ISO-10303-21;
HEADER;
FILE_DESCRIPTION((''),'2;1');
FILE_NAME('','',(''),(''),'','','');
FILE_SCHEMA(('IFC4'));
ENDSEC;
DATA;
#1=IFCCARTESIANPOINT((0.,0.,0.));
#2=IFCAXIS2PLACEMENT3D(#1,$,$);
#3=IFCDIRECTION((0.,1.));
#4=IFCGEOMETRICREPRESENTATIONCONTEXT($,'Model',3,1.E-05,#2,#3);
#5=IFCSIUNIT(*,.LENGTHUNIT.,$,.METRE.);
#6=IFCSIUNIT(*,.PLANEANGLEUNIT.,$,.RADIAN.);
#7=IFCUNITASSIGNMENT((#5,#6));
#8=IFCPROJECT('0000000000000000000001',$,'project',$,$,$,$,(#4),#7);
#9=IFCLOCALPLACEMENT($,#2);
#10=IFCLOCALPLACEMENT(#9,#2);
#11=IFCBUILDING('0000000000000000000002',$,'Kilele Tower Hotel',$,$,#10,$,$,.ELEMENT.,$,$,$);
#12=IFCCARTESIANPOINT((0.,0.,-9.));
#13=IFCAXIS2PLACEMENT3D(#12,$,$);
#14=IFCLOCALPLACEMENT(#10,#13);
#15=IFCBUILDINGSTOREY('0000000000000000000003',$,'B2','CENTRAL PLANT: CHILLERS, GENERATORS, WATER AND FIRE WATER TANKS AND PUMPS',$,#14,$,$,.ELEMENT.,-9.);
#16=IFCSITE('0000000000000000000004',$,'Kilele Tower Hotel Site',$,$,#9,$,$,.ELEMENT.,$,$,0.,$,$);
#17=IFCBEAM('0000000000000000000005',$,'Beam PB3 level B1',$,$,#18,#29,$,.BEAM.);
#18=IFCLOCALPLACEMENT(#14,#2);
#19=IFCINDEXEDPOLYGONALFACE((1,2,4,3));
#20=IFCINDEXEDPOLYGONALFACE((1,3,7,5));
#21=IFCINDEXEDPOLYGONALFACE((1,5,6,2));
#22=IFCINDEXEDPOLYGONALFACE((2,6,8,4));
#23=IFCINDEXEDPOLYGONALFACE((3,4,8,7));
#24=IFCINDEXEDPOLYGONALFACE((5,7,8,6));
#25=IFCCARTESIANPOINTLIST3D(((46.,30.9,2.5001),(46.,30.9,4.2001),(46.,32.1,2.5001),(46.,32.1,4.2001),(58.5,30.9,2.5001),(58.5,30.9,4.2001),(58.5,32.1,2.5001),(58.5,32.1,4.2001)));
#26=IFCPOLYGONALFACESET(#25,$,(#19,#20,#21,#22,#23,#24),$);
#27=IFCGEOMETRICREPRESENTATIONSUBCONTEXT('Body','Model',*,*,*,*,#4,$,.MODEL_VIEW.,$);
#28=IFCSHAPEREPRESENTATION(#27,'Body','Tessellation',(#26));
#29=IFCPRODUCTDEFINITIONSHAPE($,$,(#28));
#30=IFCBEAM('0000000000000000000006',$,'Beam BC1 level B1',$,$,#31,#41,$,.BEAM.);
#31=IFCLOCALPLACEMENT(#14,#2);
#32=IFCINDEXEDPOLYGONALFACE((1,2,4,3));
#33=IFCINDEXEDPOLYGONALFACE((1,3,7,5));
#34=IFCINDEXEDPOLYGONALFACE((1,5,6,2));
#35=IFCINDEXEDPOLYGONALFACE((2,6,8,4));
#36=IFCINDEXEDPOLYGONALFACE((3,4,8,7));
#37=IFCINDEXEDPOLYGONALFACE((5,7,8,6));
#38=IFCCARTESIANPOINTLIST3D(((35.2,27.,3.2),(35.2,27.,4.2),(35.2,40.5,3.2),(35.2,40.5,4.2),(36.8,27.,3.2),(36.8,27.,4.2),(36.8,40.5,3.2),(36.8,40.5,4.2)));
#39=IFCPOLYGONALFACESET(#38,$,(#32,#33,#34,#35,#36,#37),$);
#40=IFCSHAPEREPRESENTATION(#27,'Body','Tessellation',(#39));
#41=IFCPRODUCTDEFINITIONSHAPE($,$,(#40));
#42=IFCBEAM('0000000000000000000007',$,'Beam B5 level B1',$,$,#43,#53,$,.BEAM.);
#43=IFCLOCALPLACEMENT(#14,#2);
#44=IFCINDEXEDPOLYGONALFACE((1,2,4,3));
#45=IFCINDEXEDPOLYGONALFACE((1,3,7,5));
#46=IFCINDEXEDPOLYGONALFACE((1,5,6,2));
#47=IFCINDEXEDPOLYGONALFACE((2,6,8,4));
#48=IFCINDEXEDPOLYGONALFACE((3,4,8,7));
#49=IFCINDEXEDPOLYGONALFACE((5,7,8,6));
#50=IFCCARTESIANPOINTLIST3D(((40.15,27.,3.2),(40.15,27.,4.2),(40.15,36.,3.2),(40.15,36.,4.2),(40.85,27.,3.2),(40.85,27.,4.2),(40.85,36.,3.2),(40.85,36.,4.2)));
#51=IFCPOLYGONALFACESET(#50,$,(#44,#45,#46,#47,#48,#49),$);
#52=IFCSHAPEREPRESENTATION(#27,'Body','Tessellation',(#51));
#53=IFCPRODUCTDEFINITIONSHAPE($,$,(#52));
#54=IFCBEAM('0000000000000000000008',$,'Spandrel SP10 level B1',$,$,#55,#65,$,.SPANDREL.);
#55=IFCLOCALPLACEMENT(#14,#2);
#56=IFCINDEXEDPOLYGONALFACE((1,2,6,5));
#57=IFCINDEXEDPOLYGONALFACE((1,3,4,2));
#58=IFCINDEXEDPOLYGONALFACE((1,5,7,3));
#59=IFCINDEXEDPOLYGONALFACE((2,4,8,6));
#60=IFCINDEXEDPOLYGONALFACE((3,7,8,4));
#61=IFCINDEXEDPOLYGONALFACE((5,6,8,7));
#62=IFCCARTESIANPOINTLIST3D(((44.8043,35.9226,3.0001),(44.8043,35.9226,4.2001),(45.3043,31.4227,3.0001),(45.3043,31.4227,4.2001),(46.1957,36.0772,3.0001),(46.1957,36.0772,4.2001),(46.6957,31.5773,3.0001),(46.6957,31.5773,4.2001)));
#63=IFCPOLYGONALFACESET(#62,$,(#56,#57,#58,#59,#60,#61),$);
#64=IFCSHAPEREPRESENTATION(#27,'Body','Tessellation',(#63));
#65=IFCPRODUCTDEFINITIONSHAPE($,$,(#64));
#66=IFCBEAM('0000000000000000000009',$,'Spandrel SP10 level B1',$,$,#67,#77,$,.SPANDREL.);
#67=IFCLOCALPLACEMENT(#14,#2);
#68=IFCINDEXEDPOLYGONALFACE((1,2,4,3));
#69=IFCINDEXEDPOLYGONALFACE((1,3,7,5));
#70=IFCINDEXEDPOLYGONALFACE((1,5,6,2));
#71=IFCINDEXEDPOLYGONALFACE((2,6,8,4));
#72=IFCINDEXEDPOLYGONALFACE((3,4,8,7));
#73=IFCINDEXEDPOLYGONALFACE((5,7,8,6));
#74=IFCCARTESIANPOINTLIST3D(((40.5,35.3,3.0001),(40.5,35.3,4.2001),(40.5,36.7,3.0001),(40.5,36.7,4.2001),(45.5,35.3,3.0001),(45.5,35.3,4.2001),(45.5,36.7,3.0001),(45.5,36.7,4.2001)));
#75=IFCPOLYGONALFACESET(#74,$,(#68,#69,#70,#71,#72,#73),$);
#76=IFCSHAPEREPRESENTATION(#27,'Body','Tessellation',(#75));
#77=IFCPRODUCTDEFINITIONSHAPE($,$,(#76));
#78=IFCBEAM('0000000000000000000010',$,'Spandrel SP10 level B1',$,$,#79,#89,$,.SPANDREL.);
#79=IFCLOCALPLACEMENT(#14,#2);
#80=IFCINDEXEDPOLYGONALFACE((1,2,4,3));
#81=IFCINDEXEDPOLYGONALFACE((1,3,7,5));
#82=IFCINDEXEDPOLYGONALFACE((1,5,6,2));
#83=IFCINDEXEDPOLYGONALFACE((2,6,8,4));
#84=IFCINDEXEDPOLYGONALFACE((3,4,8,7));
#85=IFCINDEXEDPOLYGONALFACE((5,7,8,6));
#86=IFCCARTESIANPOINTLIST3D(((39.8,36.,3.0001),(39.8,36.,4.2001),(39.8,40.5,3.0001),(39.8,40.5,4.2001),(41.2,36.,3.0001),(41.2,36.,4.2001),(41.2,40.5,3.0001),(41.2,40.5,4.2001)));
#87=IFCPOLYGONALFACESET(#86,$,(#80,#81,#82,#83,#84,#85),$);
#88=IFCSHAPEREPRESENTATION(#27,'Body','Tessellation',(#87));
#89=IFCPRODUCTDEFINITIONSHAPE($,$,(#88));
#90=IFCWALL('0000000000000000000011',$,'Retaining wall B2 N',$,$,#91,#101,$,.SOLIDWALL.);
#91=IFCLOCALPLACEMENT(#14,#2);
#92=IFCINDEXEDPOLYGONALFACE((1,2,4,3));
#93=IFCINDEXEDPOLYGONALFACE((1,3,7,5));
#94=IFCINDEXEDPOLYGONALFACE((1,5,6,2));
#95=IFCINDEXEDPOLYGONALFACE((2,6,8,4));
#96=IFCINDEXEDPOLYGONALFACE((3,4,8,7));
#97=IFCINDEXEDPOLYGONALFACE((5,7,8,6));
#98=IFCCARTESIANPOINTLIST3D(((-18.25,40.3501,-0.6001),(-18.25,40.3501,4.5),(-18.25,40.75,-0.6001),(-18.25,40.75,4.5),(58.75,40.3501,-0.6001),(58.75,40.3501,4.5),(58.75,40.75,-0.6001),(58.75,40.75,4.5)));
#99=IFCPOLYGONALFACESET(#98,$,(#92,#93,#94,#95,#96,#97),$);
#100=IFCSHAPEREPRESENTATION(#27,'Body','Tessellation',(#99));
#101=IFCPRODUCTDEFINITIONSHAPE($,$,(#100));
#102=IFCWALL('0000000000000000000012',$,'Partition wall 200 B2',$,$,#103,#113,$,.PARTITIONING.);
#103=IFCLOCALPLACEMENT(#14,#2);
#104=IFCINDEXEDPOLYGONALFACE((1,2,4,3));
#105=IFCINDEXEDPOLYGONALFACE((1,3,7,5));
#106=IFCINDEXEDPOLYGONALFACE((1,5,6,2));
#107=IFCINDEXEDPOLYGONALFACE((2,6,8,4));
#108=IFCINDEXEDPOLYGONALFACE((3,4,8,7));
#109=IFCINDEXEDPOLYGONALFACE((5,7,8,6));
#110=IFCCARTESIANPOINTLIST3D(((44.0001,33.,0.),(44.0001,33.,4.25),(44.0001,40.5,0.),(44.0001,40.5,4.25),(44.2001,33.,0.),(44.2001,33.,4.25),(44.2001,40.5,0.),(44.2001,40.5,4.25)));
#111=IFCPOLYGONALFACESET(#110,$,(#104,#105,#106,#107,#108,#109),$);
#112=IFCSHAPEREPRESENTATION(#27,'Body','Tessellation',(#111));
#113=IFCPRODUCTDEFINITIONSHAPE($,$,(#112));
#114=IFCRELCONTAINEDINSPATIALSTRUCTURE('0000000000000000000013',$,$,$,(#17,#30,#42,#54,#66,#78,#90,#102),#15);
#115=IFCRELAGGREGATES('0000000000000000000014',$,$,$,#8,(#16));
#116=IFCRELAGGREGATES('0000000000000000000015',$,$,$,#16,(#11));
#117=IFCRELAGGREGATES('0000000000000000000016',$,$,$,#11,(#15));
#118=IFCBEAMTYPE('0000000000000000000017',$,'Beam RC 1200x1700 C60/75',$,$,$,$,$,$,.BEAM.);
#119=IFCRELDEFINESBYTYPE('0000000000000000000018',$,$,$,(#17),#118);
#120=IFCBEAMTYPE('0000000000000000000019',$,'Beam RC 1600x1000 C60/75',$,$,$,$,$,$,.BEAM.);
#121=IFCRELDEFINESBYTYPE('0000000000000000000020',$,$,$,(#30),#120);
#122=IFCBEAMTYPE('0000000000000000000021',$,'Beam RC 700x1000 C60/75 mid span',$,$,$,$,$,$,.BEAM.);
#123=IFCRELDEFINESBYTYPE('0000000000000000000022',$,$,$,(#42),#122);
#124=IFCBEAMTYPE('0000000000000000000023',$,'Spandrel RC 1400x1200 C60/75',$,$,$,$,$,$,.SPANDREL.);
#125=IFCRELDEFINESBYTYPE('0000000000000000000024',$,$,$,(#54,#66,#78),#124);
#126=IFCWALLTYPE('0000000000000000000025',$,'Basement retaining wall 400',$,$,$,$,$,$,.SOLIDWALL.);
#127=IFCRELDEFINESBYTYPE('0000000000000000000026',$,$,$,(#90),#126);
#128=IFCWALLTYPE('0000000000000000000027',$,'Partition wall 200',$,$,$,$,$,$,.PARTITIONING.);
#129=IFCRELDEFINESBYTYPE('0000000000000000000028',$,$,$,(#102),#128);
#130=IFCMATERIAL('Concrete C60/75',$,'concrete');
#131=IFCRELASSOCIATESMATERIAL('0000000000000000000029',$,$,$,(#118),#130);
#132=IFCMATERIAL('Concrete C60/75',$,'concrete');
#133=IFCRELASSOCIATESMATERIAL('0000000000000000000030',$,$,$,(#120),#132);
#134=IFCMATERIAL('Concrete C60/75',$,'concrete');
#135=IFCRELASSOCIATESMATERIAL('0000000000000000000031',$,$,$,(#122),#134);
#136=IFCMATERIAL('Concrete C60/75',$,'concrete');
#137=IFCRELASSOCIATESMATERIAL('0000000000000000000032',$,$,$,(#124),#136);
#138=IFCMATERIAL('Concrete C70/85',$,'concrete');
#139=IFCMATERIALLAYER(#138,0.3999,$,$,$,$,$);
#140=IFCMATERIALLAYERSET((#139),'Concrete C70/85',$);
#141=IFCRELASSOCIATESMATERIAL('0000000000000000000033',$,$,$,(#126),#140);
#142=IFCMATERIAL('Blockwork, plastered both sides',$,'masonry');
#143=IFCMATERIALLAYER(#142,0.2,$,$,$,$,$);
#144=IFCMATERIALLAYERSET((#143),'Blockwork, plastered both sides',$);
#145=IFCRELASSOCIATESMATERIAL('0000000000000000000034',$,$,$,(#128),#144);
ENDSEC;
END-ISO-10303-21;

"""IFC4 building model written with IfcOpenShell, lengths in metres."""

from ifc_helpers import new_model, si_unit, direction, frame, frame_2d, origin, origin_2d, place, context, subcontext, project, spatial, rectangle, extrude, material, layer, layer_set, material_profile, profile_set, type_object, element, save


model = new_model("IFC4")

# Units and contexts
model_context = context("Model", 3, precision=1e-05, world=origin(), true_north=direction((0.0, 1.0)))
body_context = subcontext(model_context, "Body", "Model", "MODEL_VIEW")
ifc_project = project(units=[si_unit("LENGTHUNIT", "METRE"), si_unit("PLANEANGLEUNIT", "RADIAN")], contexts=[model_context])

# Site, building, storey
site_placement = place(None, origin())
site = spatial("IfcSite", under=ifc_project, at=site_placement, Name="Kilele Tower Hotel Site", CompositionType="ELEMENT", RefElevation=0.0)
building_placement = place(site_placement, origin())
building = spatial("IfcBuilding", under=site, at=building_placement, Name="Kilele Tower Hotel", CompositionType="ELEMENT")
storey_placement = place(building_placement, frame((0.0, 0.0, -9.0)))
storey = spatial("IfcBuildingStorey", under=building, at=storey_placement, Name="B2", Description="CENTRAL PLANT: CHILLERS, GENERATORS, WATER AND FIRE WATER TANKS AND PUMPS", CompositionType="ELEMENT", Elevation=-9.0)

# Beams
ifc_material_1 = material(Name="Concrete C60/75", Category="concrete")
ifc_material_profile_1 = material_profile(ifc_material_1, rectangle(XDim=1.2, YDim=1.7, at=origin_2d()))
ifc_profile_set_1 = profile_set([ifc_material_profile_1], Name="Concrete C60/75")
beam_type_1 = type_object("IfcBeamType", Name="Beam RC 1200x1700 C60/75", PredefinedType="BEAM", material=ifc_profile_set_1)
beam_1_placement = place(storey_placement, frame((46.0, 31.5, 3.3501), z_axis=(1.0, 0.0, 0.0), x_axis=(0.0, 1.0, 0.0)))
element("IfcBeam", 1, at=beam_1_placement, inside=storey, type_object=beam_type_1, Name="Beam PB3 level B1", PredefinedType="BEAM", context=body_context, shape_type="SweptSolid", body=[
    extrude(rectangle(XDim=1.2, YDim=1.7, at=origin_2d()), origin(), (0.0, 0.0, 1.0), 12.5),
])
ifc_material_2 = material(Name="Concrete C60/75", Category="concrete")
ifc_material_profile_2 = material_profile(ifc_material_2, rectangle(XDim=1.6001, YDim=1.0, at=origin_2d()))
ifc_profile_set_2 = profile_set([ifc_material_profile_2], Name="Concrete C60/75")
beam_type_2 = type_object("IfcBeamType", Name="Beam RC 1600x1000 C60/75", PredefinedType="BEAM", material=ifc_profile_set_2)
beam_2_placement = place(storey_placement, frame((36.0, 40.5, 3.7), z_axis=(0.0, -1.0, 0.0), x_axis=(1.0, 0.0, 0.0)))
element("IfcBeam", 2, at=beam_2_placement, inside=storey, type_object=beam_type_2, Name="Beam BC1 level B1", PredefinedType="BEAM", context=body_context, shape_type="SweptSolid", body=[
    extrude(rectangle(XDim=1.6001, YDim=1.0, at=origin_2d()), origin(), (0.0, 0.0, 1.0), 13.5),
])
ifc_material_3 = material(Name="Concrete C60/75", Category="concrete")
ifc_material_profile_3 = material_profile(ifc_material_3, rectangle(XDim=0.7, YDim=1.0, at=origin_2d()))
ifc_profile_set_3 = profile_set([ifc_material_profile_3], Name="Concrete C60/75")
beam_type_3 = type_object("IfcBeamType", Name="Beam RC 700x1000 C60/75 mid span", PredefinedType="BEAM", material=ifc_profile_set_3)
beam_3_placement = place(storey_placement, frame((40.5, 36.0, 3.7), z_axis=(0.0, -1.0, 0.0), x_axis=(1.0, 0.0, 0.0)))
element("IfcBeam", 3, at=beam_3_placement, inside=storey, type_object=beam_type_3, Name="Beam B5 level B1", PredefinedType="BEAM", context=body_context, shape_type="SweptSolid", body=[
    extrude(rectangle(XDim=0.7, YDim=1.0, at=origin_2d()), origin(), (0.0, 0.0, 1.0), 9.0),
])
ifc_material_4 = material(Name="Concrete C60/75", Category="concrete")
ifc_material_profile_4 = material_profile(ifc_material_4, rectangle(XDim=1.3999, YDim=1.2, at=origin_2d()))
ifc_profile_set_4 = profile_set([ifc_material_profile_4], Name="Concrete C60/75")
beam_type_4 = type_object("IfcBeamType", Name="Spandrel RC 1400x1200 C60/75", PredefinedType="SPANDREL", material=ifc_profile_set_4)
beam_4_placement = place(storey_placement, frame((46.0, 31.5, 3.6001), z_axis=(-0.110432, 0.993884, 0.0), x_axis=(-0.993884, -0.110432, 0.0)))
element("IfcBeam", 4, at=beam_4_placement, inside=storey, type_object=beam_type_4, Name="Spandrel SP10 level B1", PredefinedType="SPANDREL", context=body_context, shape_type="SweptSolid", body=[
    extrude(rectangle(XDim=1.3999, YDim=1.2, at=origin_2d()), origin(), (0.0, 0.0, 1.0), 4.5276),
])
beam_5_placement = place(storey_placement, frame((45.5, 36.0, 3.6001), z_axis=(-1.0, 0.0, 0.0), x_axis=(0.0, -1.0, 0.0)))
element("IfcBeam", 5, at=beam_5_placement, inside=storey, type_object=beam_type_4, Name="Spandrel SP10 level B1", PredefinedType="SPANDREL", context=body_context, shape_type="SweptSolid", body=[
    extrude(rectangle(XDim=1.3999, YDim=1.2, at=origin_2d()), origin(), (0.0, 0.0, 1.0), 5.0),
])
beam_6_placement = place(storey_placement, frame((40.5, 36.0, 3.6001), z_axis=(0.0, 1.0, 0.0), x_axis=(-1.0, 0.0, 0.0)))
element("IfcBeam", 6, at=beam_6_placement, inside=storey, type_object=beam_type_4, Name="Spandrel SP10 level B1", PredefinedType="SPANDREL", context=body_context, shape_type="SweptSolid", body=[
    extrude(rectangle(XDim=1.3999, YDim=1.2, at=origin_2d()), origin(), (0.0, 0.0, 1.0), 4.5),
])

# Walls
ifc_material_5 = material(Name="Concrete C70/85", Category="concrete")
ifc_layer_1 = layer(ifc_material_5, 0.3999)
ifc_layer_set_1 = layer_set([ifc_layer_1], Name="Concrete C70/85")
wall_type_1 = type_object("IfcWallType", Name="Basement retaining wall 400", PredefinedType="SOLIDWALL", material=ifc_layer_set_1)
wall_1_placement = place(storey_placement, frame((58.75, 40.55, -0.6001), z_axis=(0.0, 0.0, 1.0), x_axis=(-1.0, 0.0, 0.0)))
element("IfcWall", 7, at=wall_1_placement, inside=storey, type_object=wall_type_1, Name="Retaining wall B2 N", PredefinedType="SOLIDWALL", context=body_context, shape_type="SweptSolid", body=[
    extrude(rectangle(XDim=77.0, YDim=0.3999, at=frame_2d((38.5, 0.0))), origin(), (0.0, 0.0, 1.0), 5.1001),
])
ifc_material_6 = material(Name="Blockwork, plastered both sides", Category="masonry")
ifc_layer_2 = layer(ifc_material_6, 0.2)
ifc_layer_set_2 = layer_set([ifc_layer_2], Name="Blockwork, plastered both sides")
wall_type_2 = type_object("IfcWallType", Name="Partition wall 200", PredefinedType="PARTITIONING", material=ifc_layer_set_2)
wall_2_placement = place(storey_placement, frame((44.1001, 33.0, 0.0), z_axis=(0.0, 0.0, 1.0), x_axis=(0.0, 1.0, 0.0)))
element("IfcWall", 8, at=wall_2_placement, inside=storey, type_object=wall_type_2, Name="Partition wall 200 B2", PredefinedType="PARTITIONING", context=body_context, shape_type="SweptSolid", body=[
    extrude(rectangle(XDim=7.5, YDim=0.2, at=frame_2d((3.75, 0.0))), origin(), (0.0, 0.0, 1.0), 4.25),
])

save(model, "model.ifc")
